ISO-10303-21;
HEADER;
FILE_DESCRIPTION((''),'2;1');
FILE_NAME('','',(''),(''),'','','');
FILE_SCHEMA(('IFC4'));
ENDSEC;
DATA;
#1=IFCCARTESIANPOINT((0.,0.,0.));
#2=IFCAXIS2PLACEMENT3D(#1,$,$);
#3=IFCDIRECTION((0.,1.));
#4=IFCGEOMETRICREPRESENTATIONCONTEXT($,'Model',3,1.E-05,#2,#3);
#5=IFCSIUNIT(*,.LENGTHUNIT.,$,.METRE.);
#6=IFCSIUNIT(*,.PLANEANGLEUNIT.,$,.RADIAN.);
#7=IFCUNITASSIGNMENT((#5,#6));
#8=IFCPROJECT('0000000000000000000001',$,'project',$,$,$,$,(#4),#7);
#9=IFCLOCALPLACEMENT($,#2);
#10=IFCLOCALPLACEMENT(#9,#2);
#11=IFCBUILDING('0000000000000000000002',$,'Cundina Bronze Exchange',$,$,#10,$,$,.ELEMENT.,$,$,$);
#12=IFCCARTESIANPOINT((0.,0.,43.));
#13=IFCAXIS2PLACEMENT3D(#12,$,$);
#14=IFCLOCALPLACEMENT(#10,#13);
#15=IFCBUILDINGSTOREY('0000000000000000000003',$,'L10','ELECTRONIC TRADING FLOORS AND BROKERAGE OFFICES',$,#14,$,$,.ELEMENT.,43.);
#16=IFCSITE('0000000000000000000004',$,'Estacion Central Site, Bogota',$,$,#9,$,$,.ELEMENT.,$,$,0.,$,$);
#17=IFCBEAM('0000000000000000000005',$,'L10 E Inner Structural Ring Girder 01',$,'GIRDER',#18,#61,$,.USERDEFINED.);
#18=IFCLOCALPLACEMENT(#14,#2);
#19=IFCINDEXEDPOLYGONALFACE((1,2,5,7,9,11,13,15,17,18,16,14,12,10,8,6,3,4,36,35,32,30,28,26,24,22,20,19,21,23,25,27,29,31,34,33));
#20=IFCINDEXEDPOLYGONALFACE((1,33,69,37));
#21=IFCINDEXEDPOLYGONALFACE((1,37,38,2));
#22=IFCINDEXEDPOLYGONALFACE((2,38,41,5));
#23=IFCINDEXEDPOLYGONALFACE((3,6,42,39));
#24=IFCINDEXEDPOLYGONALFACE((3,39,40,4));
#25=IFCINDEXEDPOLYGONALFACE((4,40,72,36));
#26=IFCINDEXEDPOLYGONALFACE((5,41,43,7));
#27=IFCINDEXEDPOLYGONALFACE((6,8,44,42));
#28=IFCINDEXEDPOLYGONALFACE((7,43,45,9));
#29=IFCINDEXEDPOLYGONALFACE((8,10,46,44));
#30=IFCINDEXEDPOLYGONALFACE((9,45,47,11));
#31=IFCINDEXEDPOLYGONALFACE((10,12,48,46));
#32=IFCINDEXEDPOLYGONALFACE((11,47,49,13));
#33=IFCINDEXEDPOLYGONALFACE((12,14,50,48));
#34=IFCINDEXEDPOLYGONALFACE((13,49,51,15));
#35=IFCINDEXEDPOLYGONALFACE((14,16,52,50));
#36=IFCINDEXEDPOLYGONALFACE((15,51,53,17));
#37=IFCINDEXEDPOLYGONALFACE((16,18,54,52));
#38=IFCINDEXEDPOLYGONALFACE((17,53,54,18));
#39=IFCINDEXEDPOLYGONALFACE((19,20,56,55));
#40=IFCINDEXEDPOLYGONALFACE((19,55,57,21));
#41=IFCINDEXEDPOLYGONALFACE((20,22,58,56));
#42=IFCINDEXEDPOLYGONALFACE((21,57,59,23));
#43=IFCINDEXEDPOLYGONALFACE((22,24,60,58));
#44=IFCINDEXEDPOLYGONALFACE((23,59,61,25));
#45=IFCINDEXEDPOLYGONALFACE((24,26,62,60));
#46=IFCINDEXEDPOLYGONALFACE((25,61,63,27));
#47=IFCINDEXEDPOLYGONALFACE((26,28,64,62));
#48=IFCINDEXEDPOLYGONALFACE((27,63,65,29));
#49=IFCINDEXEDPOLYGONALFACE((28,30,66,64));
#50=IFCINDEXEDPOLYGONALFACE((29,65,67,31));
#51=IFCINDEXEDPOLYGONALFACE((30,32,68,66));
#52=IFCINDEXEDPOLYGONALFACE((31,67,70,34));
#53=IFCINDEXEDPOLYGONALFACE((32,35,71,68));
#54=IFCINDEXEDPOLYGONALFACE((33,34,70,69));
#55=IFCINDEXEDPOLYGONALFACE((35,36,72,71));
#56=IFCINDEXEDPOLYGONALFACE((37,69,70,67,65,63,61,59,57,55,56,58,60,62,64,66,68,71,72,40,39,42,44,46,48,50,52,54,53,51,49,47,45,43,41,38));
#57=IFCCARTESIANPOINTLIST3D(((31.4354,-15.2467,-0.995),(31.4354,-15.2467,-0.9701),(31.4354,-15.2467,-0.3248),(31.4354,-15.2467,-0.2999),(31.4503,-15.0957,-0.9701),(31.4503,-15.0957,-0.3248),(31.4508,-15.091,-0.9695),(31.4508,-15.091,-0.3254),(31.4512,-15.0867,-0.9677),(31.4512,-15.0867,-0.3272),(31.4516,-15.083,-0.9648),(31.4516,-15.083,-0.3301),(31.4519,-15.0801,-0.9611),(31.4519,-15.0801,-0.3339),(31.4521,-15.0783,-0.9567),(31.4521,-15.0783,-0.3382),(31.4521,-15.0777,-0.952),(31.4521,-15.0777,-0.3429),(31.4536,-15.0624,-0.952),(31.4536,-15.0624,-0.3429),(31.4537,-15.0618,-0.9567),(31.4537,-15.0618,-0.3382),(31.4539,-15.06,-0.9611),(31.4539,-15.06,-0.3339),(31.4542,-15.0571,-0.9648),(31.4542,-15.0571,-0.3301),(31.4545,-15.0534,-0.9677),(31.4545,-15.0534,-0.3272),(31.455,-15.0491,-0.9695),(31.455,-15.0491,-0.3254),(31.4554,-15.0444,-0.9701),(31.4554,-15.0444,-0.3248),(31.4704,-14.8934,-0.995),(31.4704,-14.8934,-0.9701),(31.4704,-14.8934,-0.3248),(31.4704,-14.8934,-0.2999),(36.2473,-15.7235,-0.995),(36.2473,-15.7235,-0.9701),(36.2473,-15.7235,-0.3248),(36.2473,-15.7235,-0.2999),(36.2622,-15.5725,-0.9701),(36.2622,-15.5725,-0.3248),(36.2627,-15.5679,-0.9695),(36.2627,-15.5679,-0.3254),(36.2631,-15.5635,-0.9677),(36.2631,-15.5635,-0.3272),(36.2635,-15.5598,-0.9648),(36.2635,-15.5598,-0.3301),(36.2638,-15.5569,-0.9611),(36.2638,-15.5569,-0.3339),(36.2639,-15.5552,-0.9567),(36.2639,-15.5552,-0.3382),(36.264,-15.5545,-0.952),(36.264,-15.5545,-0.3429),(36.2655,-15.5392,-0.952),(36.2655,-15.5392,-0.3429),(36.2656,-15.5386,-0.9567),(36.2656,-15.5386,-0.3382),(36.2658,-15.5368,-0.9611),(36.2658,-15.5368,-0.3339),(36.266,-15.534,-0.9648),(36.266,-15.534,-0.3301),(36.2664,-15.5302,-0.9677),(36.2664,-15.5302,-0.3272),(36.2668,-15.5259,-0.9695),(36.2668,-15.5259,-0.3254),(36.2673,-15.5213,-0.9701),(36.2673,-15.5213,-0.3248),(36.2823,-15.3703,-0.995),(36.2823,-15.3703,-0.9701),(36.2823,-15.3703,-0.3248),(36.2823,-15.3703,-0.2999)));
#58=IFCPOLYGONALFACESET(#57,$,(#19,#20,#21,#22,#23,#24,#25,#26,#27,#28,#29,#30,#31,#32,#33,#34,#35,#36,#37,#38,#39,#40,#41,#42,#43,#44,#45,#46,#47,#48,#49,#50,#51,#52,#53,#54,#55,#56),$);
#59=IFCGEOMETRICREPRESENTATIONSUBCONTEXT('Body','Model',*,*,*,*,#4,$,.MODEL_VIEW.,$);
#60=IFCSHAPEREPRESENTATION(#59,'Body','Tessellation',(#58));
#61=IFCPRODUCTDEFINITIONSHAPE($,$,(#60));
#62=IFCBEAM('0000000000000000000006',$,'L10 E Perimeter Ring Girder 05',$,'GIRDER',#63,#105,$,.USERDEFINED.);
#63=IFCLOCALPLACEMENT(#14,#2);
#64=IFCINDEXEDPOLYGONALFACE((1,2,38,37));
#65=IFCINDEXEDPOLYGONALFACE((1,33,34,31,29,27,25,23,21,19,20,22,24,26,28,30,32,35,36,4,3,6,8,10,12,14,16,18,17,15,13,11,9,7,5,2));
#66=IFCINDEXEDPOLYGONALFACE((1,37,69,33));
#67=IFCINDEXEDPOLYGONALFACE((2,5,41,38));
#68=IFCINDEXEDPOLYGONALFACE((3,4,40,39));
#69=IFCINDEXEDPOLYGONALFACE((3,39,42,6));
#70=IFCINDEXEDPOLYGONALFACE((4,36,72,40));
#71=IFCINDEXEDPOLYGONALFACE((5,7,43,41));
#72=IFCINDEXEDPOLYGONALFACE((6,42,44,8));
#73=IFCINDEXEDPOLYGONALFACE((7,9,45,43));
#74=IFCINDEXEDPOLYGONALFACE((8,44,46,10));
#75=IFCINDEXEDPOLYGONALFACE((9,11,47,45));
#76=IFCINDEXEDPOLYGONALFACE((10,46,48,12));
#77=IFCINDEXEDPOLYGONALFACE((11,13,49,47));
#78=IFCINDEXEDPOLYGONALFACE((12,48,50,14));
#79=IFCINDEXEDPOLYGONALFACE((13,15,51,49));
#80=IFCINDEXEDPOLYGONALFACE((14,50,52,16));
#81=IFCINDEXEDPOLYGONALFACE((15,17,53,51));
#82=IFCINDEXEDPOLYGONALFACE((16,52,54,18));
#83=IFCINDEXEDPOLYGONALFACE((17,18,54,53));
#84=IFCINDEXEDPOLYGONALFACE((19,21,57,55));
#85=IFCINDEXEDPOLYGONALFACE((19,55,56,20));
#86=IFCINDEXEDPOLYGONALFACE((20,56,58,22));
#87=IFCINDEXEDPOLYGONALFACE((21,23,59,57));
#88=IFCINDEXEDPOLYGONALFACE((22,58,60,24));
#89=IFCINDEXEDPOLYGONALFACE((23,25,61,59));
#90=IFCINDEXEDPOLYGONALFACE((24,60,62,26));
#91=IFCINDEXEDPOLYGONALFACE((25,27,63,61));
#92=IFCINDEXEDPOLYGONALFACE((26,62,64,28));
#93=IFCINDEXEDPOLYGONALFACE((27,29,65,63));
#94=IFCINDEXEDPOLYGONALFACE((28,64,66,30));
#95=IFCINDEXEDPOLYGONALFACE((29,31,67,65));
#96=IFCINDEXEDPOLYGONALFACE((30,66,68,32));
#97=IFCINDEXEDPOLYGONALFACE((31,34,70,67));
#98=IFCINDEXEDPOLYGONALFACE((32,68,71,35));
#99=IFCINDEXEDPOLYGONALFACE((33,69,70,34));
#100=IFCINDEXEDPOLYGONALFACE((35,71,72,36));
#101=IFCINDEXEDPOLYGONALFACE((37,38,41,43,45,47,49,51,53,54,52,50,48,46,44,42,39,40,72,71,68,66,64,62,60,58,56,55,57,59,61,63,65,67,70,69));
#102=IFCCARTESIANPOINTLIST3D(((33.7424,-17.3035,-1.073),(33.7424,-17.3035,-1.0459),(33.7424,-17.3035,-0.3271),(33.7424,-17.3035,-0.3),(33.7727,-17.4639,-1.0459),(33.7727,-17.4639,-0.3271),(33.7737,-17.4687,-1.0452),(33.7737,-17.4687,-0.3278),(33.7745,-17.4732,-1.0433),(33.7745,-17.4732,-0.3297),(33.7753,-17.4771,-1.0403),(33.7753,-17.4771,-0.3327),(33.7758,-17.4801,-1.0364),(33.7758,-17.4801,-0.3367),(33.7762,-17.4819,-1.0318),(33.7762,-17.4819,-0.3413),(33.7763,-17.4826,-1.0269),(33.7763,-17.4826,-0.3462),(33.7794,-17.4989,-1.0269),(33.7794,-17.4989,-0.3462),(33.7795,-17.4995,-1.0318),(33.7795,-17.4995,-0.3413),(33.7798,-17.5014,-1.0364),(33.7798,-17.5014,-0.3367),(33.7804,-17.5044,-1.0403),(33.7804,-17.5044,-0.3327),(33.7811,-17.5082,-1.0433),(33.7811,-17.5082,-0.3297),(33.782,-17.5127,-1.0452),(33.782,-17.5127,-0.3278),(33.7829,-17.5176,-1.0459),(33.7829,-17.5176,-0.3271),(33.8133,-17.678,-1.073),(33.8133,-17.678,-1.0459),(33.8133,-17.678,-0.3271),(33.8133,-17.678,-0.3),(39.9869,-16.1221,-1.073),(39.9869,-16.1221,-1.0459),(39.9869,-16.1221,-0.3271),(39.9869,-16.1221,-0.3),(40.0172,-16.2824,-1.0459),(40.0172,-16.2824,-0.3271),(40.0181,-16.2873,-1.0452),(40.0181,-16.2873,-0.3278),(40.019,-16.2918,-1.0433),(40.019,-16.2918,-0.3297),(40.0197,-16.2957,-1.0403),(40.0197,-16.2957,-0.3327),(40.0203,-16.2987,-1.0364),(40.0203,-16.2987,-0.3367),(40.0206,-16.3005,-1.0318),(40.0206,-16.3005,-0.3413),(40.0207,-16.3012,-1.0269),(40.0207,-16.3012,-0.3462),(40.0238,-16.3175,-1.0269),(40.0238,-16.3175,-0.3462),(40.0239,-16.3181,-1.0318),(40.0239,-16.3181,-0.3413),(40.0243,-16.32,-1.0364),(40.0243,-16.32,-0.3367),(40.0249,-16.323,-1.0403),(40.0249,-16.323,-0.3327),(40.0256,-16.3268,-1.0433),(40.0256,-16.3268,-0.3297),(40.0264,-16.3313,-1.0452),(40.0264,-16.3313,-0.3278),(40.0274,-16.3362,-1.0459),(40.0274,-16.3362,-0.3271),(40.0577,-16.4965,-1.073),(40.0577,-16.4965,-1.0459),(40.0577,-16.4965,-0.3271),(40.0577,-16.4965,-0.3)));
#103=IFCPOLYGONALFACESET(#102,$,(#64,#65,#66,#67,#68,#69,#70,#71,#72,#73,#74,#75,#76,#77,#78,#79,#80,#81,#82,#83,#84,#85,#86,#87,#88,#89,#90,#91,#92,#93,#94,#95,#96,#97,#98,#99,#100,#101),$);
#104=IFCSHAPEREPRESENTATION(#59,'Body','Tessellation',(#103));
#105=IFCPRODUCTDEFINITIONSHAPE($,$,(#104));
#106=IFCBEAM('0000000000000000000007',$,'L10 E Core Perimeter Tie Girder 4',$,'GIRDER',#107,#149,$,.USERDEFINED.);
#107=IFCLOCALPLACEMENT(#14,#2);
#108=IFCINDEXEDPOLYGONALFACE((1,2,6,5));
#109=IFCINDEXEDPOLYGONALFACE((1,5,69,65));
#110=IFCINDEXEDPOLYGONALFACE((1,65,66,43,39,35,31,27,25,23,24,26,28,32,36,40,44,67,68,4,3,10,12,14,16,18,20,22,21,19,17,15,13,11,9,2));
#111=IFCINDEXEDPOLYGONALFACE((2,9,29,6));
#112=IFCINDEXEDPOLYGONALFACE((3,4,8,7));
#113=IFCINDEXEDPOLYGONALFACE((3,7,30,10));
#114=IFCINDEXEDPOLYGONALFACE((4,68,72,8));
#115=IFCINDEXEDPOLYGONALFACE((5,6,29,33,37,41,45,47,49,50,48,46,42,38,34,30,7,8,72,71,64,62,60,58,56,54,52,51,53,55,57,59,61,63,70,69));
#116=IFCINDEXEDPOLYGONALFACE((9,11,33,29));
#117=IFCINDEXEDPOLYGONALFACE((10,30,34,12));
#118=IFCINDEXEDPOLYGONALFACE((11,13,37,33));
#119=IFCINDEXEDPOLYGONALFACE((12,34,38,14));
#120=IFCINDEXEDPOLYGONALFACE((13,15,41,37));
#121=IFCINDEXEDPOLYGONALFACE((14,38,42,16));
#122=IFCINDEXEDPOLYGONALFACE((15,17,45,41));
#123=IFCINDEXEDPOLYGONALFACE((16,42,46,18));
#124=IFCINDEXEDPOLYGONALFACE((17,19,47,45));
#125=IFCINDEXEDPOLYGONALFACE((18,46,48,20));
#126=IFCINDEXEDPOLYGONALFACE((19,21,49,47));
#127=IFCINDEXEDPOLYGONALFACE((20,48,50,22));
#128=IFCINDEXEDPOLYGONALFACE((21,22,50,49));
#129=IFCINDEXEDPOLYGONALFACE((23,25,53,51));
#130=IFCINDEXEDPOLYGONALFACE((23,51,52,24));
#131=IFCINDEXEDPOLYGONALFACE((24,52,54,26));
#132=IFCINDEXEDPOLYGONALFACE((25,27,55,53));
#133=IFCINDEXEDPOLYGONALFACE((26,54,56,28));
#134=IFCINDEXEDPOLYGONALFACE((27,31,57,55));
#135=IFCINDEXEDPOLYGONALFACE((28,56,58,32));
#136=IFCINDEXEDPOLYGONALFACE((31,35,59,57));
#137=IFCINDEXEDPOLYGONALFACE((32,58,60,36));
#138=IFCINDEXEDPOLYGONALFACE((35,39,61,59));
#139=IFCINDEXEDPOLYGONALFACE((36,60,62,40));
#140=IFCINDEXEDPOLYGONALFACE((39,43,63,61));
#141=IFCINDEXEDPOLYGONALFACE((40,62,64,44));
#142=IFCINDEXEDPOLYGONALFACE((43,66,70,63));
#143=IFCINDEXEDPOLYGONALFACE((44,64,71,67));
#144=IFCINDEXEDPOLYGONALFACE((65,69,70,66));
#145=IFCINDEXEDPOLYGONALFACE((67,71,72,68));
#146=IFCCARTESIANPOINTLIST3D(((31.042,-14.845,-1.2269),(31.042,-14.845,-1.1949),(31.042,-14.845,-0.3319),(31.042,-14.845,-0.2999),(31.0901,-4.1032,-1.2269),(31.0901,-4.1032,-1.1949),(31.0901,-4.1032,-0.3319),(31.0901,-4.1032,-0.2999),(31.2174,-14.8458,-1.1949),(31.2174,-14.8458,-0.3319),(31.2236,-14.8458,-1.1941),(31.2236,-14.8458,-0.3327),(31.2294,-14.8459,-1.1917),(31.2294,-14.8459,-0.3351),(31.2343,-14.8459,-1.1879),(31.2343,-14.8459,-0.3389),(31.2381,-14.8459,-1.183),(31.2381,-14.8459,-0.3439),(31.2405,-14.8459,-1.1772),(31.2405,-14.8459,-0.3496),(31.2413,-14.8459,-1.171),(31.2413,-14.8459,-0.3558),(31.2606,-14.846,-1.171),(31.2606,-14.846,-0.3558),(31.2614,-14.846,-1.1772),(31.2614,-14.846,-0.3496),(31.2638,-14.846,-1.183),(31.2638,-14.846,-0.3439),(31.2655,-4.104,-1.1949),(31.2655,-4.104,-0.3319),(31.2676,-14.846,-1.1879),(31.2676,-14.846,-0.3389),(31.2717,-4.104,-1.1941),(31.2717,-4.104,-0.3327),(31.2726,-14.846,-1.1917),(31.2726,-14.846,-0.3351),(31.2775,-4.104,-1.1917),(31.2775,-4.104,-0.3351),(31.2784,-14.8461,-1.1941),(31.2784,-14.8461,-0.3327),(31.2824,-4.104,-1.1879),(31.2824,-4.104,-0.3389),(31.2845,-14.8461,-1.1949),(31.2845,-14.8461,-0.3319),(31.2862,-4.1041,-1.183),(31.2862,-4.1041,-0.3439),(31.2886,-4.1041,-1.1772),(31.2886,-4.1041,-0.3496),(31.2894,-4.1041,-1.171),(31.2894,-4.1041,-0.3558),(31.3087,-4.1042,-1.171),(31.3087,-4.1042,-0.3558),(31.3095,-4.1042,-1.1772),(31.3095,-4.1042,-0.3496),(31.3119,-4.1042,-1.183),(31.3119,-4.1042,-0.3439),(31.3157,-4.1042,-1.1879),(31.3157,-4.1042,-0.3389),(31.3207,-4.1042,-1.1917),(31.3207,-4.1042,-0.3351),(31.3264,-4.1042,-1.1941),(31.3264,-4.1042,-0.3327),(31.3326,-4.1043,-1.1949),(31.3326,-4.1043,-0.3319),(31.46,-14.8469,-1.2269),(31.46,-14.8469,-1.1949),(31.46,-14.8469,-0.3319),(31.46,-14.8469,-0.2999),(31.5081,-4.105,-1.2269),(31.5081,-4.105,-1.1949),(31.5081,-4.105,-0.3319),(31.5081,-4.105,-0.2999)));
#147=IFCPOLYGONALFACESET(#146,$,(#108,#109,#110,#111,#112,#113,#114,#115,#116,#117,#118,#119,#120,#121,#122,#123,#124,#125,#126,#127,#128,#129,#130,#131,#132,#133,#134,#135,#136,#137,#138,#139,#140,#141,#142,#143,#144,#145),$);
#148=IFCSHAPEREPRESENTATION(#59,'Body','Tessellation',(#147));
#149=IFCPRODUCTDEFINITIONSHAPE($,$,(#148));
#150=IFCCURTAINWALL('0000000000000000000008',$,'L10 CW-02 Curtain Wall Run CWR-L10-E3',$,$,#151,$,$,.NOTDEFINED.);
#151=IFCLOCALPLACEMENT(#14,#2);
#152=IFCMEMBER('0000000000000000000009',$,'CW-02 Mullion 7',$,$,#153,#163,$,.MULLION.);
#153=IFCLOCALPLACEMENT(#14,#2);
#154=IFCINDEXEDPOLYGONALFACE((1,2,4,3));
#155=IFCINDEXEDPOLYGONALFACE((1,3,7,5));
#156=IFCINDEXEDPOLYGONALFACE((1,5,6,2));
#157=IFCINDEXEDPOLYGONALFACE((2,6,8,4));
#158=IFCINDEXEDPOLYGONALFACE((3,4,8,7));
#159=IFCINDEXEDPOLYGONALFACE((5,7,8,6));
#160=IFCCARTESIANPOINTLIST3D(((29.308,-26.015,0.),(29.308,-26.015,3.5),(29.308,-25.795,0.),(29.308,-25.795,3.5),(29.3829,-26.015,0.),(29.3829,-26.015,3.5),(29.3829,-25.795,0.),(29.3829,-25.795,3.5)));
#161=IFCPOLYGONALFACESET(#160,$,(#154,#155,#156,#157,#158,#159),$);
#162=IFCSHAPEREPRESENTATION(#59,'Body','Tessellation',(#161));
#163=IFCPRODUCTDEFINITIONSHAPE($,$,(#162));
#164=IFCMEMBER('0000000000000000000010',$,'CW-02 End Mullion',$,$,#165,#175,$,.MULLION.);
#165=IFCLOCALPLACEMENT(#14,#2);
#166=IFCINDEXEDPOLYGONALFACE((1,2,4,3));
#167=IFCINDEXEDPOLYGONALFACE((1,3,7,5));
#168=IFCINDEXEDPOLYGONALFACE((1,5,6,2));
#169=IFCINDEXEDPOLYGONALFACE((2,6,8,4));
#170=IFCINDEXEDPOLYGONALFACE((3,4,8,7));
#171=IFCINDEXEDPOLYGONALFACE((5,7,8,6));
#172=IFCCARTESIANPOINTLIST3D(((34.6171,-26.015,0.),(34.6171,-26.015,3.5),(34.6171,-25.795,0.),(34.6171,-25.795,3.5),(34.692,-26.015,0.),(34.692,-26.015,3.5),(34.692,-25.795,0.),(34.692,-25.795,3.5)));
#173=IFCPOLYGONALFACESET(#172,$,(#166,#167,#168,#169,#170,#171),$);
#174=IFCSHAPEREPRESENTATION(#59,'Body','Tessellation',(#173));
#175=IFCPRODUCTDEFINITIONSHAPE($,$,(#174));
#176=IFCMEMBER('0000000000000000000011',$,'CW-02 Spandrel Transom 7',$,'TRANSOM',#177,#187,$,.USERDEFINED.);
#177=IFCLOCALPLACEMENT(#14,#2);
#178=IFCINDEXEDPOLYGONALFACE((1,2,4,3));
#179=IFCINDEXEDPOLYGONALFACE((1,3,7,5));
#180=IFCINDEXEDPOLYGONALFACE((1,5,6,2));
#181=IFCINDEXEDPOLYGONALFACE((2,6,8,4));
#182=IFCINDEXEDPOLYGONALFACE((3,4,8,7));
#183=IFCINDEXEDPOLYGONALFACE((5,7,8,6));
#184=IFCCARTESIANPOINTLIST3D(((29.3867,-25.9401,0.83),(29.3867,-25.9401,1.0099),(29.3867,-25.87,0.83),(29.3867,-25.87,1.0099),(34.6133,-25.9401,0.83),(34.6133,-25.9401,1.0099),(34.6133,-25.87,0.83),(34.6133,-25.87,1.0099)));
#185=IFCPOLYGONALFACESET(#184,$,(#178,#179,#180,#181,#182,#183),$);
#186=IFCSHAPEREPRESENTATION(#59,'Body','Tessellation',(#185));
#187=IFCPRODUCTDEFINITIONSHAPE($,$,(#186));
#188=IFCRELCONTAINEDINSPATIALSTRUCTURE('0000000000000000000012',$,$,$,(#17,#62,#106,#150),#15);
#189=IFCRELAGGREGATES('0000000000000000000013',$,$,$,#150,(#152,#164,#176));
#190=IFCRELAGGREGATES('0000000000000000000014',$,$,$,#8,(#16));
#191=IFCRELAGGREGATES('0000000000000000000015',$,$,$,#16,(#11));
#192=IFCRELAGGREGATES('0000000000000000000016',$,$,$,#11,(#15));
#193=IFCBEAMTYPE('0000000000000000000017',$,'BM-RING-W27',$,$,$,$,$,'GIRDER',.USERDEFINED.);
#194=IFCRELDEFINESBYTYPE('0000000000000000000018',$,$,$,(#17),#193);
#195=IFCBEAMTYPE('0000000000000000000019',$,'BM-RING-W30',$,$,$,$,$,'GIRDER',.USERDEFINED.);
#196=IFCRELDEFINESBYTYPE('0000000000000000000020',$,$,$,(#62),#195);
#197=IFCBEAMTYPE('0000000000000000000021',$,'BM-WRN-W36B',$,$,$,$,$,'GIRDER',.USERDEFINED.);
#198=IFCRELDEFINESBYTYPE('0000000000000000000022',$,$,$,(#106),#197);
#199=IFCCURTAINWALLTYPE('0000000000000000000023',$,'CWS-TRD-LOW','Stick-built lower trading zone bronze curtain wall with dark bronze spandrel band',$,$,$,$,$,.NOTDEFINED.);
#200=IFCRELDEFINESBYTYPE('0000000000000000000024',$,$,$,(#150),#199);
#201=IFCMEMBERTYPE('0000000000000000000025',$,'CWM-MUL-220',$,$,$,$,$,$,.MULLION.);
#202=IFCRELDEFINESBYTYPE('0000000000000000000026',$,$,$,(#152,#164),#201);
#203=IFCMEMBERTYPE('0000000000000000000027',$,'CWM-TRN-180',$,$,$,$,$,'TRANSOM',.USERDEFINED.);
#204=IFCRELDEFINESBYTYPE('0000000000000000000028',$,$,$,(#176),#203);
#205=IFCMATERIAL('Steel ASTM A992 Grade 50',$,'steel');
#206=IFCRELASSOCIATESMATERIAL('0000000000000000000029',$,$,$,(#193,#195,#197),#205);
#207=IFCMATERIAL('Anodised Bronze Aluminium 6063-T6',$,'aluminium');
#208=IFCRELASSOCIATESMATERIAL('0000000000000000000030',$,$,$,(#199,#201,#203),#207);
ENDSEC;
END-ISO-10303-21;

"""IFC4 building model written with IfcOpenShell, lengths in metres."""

from ifc_helpers import new_model, si_unit, direction, frame, origin, origin_2d, place, context, subcontext, project, spatial, rectangle, i_section, extrude, material, material_profile, profile_set, type_object, element, aggregate, save


model = new_model("IFC4")

# Units and contexts
model_context = context("Model", 3, precision=1e-05, world=origin(), true_north=direction((0.0, 1.0)))
body_context = subcontext(model_context, "Body", "Model", "MODEL_VIEW")
ifc_project = project(units=[si_unit("LENGTHUNIT", "METRE"), si_unit("PLANEANGLEUNIT", "RADIAN")], contexts=[model_context])

# Site, building, storey
site_placement = place(None, origin())
site = spatial("IfcSite", under=ifc_project, at=site_placement, Name="Estacion Central Site, Bogota", CompositionType="ELEMENT", RefElevation=0.0)
building_placement = place(site_placement, origin())
building = spatial("IfcBuilding", under=site, at=building_placement, Name="Cundina Bronze Exchange", CompositionType="ELEMENT")
storey_placement = place(building_placement, frame((0.0, 0.0, 43.0)))
storey = spatial("IfcBuildingStorey", under=building, at=storey_placement, Name="L10", Description="ELECTRONIC TRADING FLOORS AND BROKERAGE OFFICES", CompositionType="ELEMENT", Elevation=43.0)

# Shared definitions
ifc_material_1 = material(Name="Steel ASTM A992 Grade 50", Category="steel")

# Beams
ifc_material_profile_1 = material_profile(ifc_material_1, i_section(OverallWidth=0.355, OverallDepth=0.6951, WebThickness=0.0154, FlangeThickness=0.0249, FilletRadius=0.0181, at=origin_2d()), Name="W27X146", Category="steel")
ifc_profile_set_1 = profile_set([ifc_material_profile_1], Name="Steel ASTM A992 Grade 50")
beam_type_1 = type_object("IfcBeamType", Name="BM-RING-W27", ElementType="GIRDER", PredefinedType="USERDEFINED", material=ifc_profile_set_1)
beam_1_placement = place(storey_placement, frame((31.4529, -15.0701, -0.6475), z_axis=(0.995126, -0.098609, 0.0), x_axis=(0.098609, 0.995126, 0.0)))
element("IfcBeam", 1, at=beam_1_placement, inside=storey, type_object=beam_type_1, Name="L10 E Inner Structural Ring Girder 01", ObjectType="GIRDER", PredefinedType="USERDEFINED", context=body_context, shape_type="SweptSolid", body=[
    extrude(i_section(OverallWidth=0.355, OverallDepth=0.6951, WebThickness=0.0154, FlangeThickness=0.0249, FilletRadius=0.0181, at=origin_2d()), origin(), (0.0, 0.0, 1.0), 4.8354),
])
ifc_material_profile_2 = material_profile(ifc_material_1, i_section(OverallWidth=0.3811, OverallDepth=0.7729, WebThickness=0.0166, FlangeThickness=0.0271, FilletRadius=0.019, at=origin_2d()), Name="W30X173", Category="steel")
ifc_profile_set_2 = profile_set([ifc_material_profile_2], Name="Steel ASTM A992 Grade 50")
beam_type_2 = type_object("IfcBeamType", Name="BM-RING-W30", ElementType="GIRDER", PredefinedType="USERDEFINED", material=ifc_profile_set_2)
beam_2_placement = place(storey_placement, frame((33.7778, -17.4907, -0.6865), z_axis=(0.982569, 0.185896, 0.0), x_axis=(-0.185896, 0.982569, 0.0)))
element("IfcBeam", 2, at=beam_2_placement, inside=storey, type_object=beam_type_2, Name="L10 E Perimeter Ring Girder 05", ObjectType="GIRDER", PredefinedType="USERDEFINED", context=body_context, shape_type="SweptSolid", body=[
    extrude(i_section(OverallWidth=0.3811, OverallDepth=0.7729, WebThickness=0.0166, FlangeThickness=0.0271, FilletRadius=0.019, at=origin_2d()), origin(), (0.0, 0.0, 1.0), 6.3552),
])
ifc_material_profile_3 = material_profile(ifc_material_1, i_section(OverallWidth=0.418, OverallDepth=0.927, WebThickness=0.0193, FlangeThickness=0.032, FilletRadius=0.0239, at=origin_2d()), Name="W36X231", Category="steel")
ifc_profile_set_3 = profile_set([ifc_material_profile_3], Name="Steel ASTM A992 Grade 50")
beam_type_3 = type_object("IfcBeamType", Name="BM-WRN-W36B", ElementType="GIRDER", PredefinedType="USERDEFINED", material=ifc_profile_set_3)
beam_3_placement = place(storey_placement, frame((31.251, -14.8459, -0.7634), z_axis=(0.004477, 0.99999, 0.0), x_axis=(-0.99999, 0.004477, 0.0)))
element("IfcBeam", 3, at=beam_3_placement, inside=storey, type_object=beam_type_3, Name="L10 E Core Perimeter Tie Girder 4", ObjectType="GIRDER", PredefinedType="USERDEFINED", context=body_context, shape_type="SweptSolid", body=[
    extrude(i_section(OverallWidth=0.418, OverallDepth=0.927, WebThickness=0.0193, FlangeThickness=0.032, FilletRadius=0.0239, at=origin_2d()), origin(), (0.0, 0.0, 1.0), 10.7419),
])

# Curtain wall, members
ifc_material_2 = material(Name="Anodised Bronze Aluminium 6063-T6", Category="aluminium")
curtain_wall_type = type_object("IfcCurtainWallType", Name="CWS-TRD-LOW", Description="Stick-built lower trading zone bronze curtain wall with dark bronze spandrel band", PredefinedType="NOTDEFINED", material=ifc_material_2)
curtain_wall_placement = place(storey_placement, origin())
curtain_wall = element("IfcCurtainWall", 4, at=curtain_wall_placement, inside=storey, type_object=curtain_wall_type, Name="L10 CW-02 Curtain Wall Run CWR-L10-E3", PredefinedType="NOTDEFINED")
ifc_material_profile_4 = material_profile(ifc_material_2, rectangle(XDim=0.075, YDim=0.22, at=origin_2d()), Name="AL75X220", Category="aluminium")
ifc_profile_set_4 = profile_set([ifc_material_profile_4], Name="Anodised Bronze Aluminium 6063-T6")
member_type_1 = type_object("IfcMemberType", Name="CWM-MUL-220", PredefinedType="MULLION", material=ifc_profile_set_4)
member_1_placement = place(storey_placement, frame((29.3455, -25.905, 0.0), z_axis=(0.0, 0.0, 1.0), x_axis=(1.0, 0.0, 0.0)))
member_1 = element("IfcMember", 5, at=member_1_placement, type_object=member_type_1, Name="CW-02 Mullion 7", PredefinedType="MULLION", context=body_context, shape_type="SweptSolid", body=[
    extrude(rectangle(XDim=0.075, YDim=0.22, at=origin_2d()), origin(), (0.0, 0.0, 1.0), 3.5),
])
member_2_placement = place(storey_placement, frame((34.6545, -25.905, 0.0), z_axis=(0.0, 0.0, 1.0), x_axis=(1.0, 0.0, 0.0)))
member_2 = element("IfcMember", 6, at=member_2_placement, type_object=member_type_1, Name="CW-02 End Mullion", PredefinedType="MULLION", context=body_context, shape_type="SweptSolid", body=[
    extrude(rectangle(XDim=0.075, YDim=0.22, at=origin_2d()), origin(), (0.0, 0.0, 1.0), 3.5),
])
ifc_material_profile_5 = material_profile(ifc_material_2, rectangle(XDim=0.0701, YDim=0.1799, at=origin_2d()), Name="AL70X180", Category="aluminium")
ifc_profile_set_5 = profile_set([ifc_material_profile_5], Name="Anodised Bronze Aluminium 6063-T6")
member_type_2 = type_object("IfcMemberType", Name="CWM-TRN-180", ElementType="TRANSOM", PredefinedType="USERDEFINED", material=ifc_profile_set_5)
member_3_placement = place(storey_placement, frame((29.3867, -25.905, 0.9199), z_axis=(1.0, 0.0, 0.0), x_axis=(0.0, 1.0, 0.0)))
member_3 = element("IfcMember", 7, at=member_3_placement, type_object=member_type_2, Name="CW-02 Spandrel Transom 7", ObjectType="TRANSOM", PredefinedType="USERDEFINED", context=body_context, shape_type="SweptSolid", body=[
    extrude(rectangle(XDim=0.0701, YDim=0.1799, at=origin_2d()), origin(), (0.0, 0.0, 1.0), 5.2266),
])
aggregate(curtain_wall, [member_1, member_2, member_3])

save(model, "model.ifc")
